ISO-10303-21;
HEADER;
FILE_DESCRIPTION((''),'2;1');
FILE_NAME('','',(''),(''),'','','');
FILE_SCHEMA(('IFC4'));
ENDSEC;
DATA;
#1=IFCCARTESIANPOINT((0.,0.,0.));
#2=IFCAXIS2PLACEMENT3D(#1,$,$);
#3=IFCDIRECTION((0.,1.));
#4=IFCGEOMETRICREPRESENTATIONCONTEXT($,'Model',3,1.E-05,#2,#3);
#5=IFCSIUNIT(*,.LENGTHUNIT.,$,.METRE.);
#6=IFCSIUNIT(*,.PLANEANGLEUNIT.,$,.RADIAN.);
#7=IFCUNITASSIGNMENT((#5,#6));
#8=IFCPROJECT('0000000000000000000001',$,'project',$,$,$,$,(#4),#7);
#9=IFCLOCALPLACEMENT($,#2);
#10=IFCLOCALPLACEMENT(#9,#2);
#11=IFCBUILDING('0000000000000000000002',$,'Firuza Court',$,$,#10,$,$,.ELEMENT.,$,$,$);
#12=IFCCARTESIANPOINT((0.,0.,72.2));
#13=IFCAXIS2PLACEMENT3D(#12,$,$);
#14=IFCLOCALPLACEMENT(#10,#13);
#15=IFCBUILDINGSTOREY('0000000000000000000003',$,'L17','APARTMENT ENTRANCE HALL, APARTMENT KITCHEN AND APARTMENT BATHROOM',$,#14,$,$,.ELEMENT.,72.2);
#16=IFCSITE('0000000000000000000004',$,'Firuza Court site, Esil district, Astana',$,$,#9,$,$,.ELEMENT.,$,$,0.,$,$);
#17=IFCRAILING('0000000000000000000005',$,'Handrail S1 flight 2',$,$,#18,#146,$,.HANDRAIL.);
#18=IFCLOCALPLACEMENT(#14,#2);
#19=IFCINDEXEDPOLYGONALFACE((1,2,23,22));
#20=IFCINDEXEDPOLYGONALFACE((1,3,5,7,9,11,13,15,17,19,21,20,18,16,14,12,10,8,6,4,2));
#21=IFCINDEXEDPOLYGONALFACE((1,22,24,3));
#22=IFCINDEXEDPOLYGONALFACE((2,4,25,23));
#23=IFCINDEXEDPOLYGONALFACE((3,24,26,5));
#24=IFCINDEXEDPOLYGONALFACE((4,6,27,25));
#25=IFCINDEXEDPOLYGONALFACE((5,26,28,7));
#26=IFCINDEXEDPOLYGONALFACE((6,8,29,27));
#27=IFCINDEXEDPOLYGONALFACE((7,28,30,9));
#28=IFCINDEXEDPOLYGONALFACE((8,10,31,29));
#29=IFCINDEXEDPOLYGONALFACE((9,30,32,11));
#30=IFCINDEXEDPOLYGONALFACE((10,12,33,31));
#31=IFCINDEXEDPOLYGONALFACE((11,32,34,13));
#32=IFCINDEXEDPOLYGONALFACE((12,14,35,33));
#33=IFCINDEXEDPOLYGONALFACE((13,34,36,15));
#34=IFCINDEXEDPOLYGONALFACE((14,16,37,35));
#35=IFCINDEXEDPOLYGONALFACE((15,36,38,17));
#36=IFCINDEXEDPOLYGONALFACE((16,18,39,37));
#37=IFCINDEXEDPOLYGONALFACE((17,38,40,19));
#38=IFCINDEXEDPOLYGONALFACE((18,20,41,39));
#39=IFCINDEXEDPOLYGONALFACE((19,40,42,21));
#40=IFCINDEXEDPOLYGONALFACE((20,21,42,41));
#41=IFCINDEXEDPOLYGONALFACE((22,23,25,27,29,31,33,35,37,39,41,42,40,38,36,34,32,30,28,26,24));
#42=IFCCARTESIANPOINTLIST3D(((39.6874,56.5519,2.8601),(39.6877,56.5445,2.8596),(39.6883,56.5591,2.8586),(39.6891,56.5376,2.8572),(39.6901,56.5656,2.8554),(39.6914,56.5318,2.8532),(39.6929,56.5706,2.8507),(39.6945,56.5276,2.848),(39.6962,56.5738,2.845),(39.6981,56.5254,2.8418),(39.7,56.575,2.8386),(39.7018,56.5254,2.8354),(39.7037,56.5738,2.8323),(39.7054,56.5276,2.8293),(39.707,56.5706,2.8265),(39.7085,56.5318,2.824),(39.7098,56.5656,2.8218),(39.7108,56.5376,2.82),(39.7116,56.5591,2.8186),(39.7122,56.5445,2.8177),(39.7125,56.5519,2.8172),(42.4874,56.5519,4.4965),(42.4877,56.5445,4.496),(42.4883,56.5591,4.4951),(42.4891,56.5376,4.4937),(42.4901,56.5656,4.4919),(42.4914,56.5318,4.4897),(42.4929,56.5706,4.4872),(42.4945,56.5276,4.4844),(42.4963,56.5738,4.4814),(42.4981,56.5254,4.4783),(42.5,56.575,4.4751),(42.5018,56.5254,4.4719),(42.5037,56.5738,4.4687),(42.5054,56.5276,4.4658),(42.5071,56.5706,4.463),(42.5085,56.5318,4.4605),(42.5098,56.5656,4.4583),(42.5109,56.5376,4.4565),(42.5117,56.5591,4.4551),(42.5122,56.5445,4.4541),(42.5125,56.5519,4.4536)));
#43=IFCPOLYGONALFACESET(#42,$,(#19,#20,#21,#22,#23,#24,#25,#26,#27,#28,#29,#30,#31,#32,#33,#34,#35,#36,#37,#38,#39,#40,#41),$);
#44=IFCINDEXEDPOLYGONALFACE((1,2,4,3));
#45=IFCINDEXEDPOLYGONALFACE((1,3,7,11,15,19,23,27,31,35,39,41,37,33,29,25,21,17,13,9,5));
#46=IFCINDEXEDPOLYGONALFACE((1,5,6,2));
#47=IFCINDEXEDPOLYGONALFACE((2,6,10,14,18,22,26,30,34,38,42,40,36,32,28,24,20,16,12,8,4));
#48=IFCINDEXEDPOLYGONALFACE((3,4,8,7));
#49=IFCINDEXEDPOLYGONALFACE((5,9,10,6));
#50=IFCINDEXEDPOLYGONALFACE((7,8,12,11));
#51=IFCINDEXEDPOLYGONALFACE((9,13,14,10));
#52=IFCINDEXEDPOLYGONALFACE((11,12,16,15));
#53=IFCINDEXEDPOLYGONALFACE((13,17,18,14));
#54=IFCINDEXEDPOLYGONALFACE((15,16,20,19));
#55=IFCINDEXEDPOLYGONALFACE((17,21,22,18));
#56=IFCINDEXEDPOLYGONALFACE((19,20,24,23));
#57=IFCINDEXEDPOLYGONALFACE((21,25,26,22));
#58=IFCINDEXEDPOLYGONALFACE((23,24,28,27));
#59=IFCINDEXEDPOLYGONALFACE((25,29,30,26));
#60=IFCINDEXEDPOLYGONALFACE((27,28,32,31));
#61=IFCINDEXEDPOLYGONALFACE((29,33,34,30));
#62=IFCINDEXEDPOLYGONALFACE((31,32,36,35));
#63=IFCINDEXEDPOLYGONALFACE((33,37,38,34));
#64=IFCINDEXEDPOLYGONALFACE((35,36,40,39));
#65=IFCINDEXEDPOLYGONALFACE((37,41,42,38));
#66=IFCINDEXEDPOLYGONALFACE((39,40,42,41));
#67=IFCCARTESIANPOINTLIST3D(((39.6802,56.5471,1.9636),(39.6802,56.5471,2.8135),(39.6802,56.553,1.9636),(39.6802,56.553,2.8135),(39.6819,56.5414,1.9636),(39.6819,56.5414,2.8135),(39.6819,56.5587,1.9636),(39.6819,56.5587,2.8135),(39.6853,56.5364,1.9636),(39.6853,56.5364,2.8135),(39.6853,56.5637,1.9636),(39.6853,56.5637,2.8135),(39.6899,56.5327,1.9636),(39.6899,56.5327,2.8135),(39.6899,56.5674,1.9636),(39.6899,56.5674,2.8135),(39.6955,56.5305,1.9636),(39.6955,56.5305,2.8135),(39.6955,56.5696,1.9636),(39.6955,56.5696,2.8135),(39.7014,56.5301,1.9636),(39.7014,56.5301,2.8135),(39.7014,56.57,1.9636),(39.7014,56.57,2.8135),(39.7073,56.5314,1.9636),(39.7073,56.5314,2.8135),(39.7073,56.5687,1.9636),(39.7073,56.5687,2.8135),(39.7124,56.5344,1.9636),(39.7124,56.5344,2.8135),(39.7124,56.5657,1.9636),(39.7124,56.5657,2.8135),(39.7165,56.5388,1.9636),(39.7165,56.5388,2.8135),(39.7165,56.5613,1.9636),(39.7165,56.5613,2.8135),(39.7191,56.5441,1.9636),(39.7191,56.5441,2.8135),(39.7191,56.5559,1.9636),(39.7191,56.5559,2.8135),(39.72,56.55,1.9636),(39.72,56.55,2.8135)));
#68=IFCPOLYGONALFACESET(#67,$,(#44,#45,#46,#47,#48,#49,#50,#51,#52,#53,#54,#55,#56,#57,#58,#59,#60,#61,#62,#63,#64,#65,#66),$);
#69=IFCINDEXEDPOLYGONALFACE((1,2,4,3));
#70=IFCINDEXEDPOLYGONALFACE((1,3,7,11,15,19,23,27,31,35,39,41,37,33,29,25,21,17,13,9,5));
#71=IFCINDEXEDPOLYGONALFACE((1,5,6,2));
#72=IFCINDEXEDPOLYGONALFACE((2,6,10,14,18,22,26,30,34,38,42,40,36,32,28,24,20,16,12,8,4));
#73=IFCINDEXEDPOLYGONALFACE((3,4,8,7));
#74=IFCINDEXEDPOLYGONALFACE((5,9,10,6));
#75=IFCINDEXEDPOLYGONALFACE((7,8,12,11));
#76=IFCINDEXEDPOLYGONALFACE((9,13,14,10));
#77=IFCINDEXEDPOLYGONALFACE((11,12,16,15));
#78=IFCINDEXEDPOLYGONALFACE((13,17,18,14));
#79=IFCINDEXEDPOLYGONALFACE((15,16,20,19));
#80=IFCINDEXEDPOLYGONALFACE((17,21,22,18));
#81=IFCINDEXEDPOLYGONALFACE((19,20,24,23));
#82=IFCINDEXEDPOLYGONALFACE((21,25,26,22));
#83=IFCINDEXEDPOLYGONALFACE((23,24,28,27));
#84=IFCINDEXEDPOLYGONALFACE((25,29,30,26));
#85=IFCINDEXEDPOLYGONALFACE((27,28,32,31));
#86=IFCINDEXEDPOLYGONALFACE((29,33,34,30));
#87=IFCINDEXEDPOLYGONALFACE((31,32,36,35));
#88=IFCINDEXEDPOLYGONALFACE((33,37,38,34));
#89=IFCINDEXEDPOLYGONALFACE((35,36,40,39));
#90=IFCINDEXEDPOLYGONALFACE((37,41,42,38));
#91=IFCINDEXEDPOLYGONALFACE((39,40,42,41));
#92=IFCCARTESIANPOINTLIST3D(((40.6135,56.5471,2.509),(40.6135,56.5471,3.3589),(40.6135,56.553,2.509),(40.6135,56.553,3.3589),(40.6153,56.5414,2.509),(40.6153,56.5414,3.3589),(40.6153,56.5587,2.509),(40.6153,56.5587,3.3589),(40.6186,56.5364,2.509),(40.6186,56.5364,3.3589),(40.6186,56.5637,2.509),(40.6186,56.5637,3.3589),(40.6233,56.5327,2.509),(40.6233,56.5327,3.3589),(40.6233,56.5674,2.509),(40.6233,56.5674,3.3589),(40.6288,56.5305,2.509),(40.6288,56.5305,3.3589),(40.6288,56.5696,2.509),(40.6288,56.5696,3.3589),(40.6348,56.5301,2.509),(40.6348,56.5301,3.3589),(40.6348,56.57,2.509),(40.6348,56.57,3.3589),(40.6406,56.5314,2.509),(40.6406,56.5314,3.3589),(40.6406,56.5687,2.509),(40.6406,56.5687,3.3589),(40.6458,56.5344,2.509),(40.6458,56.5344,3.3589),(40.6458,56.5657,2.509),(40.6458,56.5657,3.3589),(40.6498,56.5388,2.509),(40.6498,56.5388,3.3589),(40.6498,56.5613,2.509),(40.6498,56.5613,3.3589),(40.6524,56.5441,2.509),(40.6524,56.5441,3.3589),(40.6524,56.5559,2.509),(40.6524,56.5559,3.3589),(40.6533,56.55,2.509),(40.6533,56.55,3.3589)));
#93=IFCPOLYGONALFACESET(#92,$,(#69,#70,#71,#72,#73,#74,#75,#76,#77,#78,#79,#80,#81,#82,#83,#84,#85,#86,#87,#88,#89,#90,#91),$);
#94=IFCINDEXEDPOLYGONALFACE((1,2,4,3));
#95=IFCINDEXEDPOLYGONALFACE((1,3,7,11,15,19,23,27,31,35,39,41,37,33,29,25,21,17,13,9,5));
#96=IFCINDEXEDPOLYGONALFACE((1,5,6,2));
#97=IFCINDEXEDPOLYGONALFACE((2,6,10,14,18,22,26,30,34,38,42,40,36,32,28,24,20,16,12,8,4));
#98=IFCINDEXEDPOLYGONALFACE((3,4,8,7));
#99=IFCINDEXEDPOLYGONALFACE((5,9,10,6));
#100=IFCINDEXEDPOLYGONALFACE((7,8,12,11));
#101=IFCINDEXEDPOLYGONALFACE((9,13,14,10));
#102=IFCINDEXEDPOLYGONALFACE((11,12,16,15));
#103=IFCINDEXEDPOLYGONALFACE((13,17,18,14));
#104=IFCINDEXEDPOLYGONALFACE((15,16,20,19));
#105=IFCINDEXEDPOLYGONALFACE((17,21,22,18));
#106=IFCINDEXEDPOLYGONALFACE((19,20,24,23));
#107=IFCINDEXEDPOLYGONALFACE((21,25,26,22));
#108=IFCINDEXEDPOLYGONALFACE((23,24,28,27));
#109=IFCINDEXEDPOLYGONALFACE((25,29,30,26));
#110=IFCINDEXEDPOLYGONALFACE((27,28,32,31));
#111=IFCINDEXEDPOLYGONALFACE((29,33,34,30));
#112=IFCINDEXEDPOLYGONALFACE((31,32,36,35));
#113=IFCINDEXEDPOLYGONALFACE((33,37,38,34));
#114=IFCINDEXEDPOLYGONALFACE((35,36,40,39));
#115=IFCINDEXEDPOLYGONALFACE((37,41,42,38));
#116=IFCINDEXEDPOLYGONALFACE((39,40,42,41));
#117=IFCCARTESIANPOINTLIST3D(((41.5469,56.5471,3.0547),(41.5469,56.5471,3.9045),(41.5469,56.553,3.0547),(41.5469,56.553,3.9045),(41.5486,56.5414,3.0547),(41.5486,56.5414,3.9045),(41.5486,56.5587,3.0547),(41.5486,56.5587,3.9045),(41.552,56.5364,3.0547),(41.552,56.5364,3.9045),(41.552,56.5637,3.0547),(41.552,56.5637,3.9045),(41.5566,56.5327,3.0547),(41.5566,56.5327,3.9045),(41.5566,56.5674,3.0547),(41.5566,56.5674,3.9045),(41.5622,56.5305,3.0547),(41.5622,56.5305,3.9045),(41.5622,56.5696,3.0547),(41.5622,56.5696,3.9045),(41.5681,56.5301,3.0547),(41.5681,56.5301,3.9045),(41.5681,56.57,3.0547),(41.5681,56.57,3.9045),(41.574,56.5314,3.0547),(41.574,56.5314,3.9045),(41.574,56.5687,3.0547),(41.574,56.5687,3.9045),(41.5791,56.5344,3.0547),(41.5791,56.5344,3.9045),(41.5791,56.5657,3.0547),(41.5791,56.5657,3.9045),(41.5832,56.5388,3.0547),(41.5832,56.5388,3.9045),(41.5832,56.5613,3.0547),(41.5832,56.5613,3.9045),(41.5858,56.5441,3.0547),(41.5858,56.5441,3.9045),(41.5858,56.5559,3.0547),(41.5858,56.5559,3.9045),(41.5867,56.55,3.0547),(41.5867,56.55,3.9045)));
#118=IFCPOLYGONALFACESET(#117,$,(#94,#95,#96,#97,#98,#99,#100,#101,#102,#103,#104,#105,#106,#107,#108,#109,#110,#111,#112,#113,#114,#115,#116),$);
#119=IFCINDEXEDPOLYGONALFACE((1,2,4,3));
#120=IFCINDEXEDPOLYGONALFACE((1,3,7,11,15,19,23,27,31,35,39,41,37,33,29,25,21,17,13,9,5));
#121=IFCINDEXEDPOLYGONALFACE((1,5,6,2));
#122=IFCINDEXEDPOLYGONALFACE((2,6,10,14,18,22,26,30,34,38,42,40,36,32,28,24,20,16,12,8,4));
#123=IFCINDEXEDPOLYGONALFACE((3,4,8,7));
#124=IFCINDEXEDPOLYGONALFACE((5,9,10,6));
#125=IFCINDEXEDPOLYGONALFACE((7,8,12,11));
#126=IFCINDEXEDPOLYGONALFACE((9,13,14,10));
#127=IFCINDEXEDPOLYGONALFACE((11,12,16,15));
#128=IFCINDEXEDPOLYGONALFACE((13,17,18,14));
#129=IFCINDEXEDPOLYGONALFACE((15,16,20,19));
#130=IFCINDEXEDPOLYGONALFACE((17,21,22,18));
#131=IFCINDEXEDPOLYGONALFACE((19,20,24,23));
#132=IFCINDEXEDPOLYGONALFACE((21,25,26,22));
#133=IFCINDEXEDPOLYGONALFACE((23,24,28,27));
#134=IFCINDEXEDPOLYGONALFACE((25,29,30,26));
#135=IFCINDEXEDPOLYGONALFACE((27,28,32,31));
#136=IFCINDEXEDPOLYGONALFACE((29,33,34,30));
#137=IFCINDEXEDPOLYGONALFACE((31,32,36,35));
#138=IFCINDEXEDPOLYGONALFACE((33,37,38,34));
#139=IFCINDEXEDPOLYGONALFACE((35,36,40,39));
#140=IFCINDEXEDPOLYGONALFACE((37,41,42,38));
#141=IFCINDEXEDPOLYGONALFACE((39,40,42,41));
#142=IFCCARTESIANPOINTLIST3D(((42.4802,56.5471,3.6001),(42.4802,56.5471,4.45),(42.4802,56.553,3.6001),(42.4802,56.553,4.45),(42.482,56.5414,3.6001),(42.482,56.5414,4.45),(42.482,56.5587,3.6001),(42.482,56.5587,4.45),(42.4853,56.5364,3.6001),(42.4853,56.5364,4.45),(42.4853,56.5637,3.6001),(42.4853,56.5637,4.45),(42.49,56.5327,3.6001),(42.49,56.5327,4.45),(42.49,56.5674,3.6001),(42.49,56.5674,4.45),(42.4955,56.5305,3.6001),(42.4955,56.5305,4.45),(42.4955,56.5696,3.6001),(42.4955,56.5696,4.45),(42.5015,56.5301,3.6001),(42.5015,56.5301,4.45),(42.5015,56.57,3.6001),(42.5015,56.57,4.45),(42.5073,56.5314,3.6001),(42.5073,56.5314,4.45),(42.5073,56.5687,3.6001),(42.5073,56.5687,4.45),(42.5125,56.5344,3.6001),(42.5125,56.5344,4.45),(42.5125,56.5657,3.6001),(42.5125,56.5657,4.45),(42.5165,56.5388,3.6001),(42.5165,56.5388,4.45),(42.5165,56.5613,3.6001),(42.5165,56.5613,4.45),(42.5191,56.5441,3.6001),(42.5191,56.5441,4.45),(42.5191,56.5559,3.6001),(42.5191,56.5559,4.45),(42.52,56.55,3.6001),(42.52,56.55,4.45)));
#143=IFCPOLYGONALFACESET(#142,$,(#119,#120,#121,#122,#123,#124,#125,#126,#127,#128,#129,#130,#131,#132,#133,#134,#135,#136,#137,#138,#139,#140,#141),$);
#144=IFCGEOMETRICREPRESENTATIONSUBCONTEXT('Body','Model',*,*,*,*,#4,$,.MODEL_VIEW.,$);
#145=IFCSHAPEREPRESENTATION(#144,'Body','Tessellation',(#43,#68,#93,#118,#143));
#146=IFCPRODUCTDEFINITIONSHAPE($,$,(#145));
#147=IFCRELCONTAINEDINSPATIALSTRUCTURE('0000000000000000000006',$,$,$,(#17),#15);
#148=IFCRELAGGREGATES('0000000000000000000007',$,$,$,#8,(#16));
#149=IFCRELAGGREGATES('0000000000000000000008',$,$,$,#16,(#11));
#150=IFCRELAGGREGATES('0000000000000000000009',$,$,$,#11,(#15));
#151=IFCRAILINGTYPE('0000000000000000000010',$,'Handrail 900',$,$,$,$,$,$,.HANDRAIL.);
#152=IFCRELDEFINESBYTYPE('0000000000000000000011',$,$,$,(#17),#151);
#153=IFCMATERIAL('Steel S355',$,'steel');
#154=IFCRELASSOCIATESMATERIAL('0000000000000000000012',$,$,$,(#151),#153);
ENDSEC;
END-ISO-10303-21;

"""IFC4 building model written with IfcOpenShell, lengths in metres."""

from ifc_helpers import new_model, si_unit, direction, frame, origin, origin_2d, place, context, subcontext, project, spatial, circle, extrude, material, type_object, element, save


model = new_model("IFC4")

# Units and contexts
model_context = context("Model", 3, precision=1e-05, world=origin(), true_north=direction((0.0, 1.0)))
body_context = subcontext(model_context, "Body", "Model", "MODEL_VIEW")
ifc_project = project(units=[si_unit("LENGTHUNIT", "METRE"), si_unit("PLANEANGLEUNIT", "RADIAN")], contexts=[model_context])

# Site, building, storey
site_placement = place(None, origin())
site = spatial("IfcSite", under=ifc_project, at=site_placement, Name="Firuza Court site, Esil district, Astana", CompositionType="ELEMENT", RefElevation=0.0)
building_placement = place(site_placement, origin())
building = spatial("IfcBuilding", under=site, at=building_placement, Name="Firuza Court", CompositionType="ELEMENT")
storey_placement = place(building_placement, frame((0.0, 0.0, 72.2)))
storey = spatial("IfcBuildingStorey", under=building, at=storey_placement, Name="L17", Description="APARTMENT ENTRANCE HALL, APARTMENT KITCHEN AND APARTMENT BATHROOM", CompositionType="ELEMENT", Elevation=72.2)

# Railing
ifc_material_1 = material(Name="Steel S355", Category="steel")
railing_type_1 = type_object("IfcRailingType", Name="Handrail 900", PredefinedType="HANDRAIL", material=ifc_material_1)
railing_1_placement = place(storey_placement, frame((39.7, 56.55, 1.9636)))
element("IfcRailing", 1, at=railing_1_placement, inside=storey, type_object=railing_type_1, Name="Handrail S1 flight 2", PredefinedType="HANDRAIL", context=body_context, shape_type="SweptSolid", body=[
    extrude(circle(Radius=0.0249, at=origin_2d()), frame((0.0, 0.0, 0.875), z_axis=(0.863361, 0.0, 0.504587), x_axis=(0.0, 1.0, 0.0)), (0.0, 0.0, 1.0), 3.2432),
    extrude(circle(Radius=0.02, at=origin_2d()), origin(), (0.0, 0.0, 1.0), 0.8499),
    extrude(circle(Radius=0.02, at=origin_2d()), frame((0.9333, 0.0, 0.5454)), (0.0, 0.0, 1.0), 0.8499),
    extrude(circle(Radius=0.02, at=origin_2d()), frame((1.8667, 0.0, 1.0911)), (0.0, 0.0, 1.0), 0.8499),
    extrude(circle(Radius=0.02, at=origin_2d()), frame((2.8, 0.0, 1.6365)), (0.0, 0.0, 1.0), 0.8499),
])

save(model, "model.ifc")
